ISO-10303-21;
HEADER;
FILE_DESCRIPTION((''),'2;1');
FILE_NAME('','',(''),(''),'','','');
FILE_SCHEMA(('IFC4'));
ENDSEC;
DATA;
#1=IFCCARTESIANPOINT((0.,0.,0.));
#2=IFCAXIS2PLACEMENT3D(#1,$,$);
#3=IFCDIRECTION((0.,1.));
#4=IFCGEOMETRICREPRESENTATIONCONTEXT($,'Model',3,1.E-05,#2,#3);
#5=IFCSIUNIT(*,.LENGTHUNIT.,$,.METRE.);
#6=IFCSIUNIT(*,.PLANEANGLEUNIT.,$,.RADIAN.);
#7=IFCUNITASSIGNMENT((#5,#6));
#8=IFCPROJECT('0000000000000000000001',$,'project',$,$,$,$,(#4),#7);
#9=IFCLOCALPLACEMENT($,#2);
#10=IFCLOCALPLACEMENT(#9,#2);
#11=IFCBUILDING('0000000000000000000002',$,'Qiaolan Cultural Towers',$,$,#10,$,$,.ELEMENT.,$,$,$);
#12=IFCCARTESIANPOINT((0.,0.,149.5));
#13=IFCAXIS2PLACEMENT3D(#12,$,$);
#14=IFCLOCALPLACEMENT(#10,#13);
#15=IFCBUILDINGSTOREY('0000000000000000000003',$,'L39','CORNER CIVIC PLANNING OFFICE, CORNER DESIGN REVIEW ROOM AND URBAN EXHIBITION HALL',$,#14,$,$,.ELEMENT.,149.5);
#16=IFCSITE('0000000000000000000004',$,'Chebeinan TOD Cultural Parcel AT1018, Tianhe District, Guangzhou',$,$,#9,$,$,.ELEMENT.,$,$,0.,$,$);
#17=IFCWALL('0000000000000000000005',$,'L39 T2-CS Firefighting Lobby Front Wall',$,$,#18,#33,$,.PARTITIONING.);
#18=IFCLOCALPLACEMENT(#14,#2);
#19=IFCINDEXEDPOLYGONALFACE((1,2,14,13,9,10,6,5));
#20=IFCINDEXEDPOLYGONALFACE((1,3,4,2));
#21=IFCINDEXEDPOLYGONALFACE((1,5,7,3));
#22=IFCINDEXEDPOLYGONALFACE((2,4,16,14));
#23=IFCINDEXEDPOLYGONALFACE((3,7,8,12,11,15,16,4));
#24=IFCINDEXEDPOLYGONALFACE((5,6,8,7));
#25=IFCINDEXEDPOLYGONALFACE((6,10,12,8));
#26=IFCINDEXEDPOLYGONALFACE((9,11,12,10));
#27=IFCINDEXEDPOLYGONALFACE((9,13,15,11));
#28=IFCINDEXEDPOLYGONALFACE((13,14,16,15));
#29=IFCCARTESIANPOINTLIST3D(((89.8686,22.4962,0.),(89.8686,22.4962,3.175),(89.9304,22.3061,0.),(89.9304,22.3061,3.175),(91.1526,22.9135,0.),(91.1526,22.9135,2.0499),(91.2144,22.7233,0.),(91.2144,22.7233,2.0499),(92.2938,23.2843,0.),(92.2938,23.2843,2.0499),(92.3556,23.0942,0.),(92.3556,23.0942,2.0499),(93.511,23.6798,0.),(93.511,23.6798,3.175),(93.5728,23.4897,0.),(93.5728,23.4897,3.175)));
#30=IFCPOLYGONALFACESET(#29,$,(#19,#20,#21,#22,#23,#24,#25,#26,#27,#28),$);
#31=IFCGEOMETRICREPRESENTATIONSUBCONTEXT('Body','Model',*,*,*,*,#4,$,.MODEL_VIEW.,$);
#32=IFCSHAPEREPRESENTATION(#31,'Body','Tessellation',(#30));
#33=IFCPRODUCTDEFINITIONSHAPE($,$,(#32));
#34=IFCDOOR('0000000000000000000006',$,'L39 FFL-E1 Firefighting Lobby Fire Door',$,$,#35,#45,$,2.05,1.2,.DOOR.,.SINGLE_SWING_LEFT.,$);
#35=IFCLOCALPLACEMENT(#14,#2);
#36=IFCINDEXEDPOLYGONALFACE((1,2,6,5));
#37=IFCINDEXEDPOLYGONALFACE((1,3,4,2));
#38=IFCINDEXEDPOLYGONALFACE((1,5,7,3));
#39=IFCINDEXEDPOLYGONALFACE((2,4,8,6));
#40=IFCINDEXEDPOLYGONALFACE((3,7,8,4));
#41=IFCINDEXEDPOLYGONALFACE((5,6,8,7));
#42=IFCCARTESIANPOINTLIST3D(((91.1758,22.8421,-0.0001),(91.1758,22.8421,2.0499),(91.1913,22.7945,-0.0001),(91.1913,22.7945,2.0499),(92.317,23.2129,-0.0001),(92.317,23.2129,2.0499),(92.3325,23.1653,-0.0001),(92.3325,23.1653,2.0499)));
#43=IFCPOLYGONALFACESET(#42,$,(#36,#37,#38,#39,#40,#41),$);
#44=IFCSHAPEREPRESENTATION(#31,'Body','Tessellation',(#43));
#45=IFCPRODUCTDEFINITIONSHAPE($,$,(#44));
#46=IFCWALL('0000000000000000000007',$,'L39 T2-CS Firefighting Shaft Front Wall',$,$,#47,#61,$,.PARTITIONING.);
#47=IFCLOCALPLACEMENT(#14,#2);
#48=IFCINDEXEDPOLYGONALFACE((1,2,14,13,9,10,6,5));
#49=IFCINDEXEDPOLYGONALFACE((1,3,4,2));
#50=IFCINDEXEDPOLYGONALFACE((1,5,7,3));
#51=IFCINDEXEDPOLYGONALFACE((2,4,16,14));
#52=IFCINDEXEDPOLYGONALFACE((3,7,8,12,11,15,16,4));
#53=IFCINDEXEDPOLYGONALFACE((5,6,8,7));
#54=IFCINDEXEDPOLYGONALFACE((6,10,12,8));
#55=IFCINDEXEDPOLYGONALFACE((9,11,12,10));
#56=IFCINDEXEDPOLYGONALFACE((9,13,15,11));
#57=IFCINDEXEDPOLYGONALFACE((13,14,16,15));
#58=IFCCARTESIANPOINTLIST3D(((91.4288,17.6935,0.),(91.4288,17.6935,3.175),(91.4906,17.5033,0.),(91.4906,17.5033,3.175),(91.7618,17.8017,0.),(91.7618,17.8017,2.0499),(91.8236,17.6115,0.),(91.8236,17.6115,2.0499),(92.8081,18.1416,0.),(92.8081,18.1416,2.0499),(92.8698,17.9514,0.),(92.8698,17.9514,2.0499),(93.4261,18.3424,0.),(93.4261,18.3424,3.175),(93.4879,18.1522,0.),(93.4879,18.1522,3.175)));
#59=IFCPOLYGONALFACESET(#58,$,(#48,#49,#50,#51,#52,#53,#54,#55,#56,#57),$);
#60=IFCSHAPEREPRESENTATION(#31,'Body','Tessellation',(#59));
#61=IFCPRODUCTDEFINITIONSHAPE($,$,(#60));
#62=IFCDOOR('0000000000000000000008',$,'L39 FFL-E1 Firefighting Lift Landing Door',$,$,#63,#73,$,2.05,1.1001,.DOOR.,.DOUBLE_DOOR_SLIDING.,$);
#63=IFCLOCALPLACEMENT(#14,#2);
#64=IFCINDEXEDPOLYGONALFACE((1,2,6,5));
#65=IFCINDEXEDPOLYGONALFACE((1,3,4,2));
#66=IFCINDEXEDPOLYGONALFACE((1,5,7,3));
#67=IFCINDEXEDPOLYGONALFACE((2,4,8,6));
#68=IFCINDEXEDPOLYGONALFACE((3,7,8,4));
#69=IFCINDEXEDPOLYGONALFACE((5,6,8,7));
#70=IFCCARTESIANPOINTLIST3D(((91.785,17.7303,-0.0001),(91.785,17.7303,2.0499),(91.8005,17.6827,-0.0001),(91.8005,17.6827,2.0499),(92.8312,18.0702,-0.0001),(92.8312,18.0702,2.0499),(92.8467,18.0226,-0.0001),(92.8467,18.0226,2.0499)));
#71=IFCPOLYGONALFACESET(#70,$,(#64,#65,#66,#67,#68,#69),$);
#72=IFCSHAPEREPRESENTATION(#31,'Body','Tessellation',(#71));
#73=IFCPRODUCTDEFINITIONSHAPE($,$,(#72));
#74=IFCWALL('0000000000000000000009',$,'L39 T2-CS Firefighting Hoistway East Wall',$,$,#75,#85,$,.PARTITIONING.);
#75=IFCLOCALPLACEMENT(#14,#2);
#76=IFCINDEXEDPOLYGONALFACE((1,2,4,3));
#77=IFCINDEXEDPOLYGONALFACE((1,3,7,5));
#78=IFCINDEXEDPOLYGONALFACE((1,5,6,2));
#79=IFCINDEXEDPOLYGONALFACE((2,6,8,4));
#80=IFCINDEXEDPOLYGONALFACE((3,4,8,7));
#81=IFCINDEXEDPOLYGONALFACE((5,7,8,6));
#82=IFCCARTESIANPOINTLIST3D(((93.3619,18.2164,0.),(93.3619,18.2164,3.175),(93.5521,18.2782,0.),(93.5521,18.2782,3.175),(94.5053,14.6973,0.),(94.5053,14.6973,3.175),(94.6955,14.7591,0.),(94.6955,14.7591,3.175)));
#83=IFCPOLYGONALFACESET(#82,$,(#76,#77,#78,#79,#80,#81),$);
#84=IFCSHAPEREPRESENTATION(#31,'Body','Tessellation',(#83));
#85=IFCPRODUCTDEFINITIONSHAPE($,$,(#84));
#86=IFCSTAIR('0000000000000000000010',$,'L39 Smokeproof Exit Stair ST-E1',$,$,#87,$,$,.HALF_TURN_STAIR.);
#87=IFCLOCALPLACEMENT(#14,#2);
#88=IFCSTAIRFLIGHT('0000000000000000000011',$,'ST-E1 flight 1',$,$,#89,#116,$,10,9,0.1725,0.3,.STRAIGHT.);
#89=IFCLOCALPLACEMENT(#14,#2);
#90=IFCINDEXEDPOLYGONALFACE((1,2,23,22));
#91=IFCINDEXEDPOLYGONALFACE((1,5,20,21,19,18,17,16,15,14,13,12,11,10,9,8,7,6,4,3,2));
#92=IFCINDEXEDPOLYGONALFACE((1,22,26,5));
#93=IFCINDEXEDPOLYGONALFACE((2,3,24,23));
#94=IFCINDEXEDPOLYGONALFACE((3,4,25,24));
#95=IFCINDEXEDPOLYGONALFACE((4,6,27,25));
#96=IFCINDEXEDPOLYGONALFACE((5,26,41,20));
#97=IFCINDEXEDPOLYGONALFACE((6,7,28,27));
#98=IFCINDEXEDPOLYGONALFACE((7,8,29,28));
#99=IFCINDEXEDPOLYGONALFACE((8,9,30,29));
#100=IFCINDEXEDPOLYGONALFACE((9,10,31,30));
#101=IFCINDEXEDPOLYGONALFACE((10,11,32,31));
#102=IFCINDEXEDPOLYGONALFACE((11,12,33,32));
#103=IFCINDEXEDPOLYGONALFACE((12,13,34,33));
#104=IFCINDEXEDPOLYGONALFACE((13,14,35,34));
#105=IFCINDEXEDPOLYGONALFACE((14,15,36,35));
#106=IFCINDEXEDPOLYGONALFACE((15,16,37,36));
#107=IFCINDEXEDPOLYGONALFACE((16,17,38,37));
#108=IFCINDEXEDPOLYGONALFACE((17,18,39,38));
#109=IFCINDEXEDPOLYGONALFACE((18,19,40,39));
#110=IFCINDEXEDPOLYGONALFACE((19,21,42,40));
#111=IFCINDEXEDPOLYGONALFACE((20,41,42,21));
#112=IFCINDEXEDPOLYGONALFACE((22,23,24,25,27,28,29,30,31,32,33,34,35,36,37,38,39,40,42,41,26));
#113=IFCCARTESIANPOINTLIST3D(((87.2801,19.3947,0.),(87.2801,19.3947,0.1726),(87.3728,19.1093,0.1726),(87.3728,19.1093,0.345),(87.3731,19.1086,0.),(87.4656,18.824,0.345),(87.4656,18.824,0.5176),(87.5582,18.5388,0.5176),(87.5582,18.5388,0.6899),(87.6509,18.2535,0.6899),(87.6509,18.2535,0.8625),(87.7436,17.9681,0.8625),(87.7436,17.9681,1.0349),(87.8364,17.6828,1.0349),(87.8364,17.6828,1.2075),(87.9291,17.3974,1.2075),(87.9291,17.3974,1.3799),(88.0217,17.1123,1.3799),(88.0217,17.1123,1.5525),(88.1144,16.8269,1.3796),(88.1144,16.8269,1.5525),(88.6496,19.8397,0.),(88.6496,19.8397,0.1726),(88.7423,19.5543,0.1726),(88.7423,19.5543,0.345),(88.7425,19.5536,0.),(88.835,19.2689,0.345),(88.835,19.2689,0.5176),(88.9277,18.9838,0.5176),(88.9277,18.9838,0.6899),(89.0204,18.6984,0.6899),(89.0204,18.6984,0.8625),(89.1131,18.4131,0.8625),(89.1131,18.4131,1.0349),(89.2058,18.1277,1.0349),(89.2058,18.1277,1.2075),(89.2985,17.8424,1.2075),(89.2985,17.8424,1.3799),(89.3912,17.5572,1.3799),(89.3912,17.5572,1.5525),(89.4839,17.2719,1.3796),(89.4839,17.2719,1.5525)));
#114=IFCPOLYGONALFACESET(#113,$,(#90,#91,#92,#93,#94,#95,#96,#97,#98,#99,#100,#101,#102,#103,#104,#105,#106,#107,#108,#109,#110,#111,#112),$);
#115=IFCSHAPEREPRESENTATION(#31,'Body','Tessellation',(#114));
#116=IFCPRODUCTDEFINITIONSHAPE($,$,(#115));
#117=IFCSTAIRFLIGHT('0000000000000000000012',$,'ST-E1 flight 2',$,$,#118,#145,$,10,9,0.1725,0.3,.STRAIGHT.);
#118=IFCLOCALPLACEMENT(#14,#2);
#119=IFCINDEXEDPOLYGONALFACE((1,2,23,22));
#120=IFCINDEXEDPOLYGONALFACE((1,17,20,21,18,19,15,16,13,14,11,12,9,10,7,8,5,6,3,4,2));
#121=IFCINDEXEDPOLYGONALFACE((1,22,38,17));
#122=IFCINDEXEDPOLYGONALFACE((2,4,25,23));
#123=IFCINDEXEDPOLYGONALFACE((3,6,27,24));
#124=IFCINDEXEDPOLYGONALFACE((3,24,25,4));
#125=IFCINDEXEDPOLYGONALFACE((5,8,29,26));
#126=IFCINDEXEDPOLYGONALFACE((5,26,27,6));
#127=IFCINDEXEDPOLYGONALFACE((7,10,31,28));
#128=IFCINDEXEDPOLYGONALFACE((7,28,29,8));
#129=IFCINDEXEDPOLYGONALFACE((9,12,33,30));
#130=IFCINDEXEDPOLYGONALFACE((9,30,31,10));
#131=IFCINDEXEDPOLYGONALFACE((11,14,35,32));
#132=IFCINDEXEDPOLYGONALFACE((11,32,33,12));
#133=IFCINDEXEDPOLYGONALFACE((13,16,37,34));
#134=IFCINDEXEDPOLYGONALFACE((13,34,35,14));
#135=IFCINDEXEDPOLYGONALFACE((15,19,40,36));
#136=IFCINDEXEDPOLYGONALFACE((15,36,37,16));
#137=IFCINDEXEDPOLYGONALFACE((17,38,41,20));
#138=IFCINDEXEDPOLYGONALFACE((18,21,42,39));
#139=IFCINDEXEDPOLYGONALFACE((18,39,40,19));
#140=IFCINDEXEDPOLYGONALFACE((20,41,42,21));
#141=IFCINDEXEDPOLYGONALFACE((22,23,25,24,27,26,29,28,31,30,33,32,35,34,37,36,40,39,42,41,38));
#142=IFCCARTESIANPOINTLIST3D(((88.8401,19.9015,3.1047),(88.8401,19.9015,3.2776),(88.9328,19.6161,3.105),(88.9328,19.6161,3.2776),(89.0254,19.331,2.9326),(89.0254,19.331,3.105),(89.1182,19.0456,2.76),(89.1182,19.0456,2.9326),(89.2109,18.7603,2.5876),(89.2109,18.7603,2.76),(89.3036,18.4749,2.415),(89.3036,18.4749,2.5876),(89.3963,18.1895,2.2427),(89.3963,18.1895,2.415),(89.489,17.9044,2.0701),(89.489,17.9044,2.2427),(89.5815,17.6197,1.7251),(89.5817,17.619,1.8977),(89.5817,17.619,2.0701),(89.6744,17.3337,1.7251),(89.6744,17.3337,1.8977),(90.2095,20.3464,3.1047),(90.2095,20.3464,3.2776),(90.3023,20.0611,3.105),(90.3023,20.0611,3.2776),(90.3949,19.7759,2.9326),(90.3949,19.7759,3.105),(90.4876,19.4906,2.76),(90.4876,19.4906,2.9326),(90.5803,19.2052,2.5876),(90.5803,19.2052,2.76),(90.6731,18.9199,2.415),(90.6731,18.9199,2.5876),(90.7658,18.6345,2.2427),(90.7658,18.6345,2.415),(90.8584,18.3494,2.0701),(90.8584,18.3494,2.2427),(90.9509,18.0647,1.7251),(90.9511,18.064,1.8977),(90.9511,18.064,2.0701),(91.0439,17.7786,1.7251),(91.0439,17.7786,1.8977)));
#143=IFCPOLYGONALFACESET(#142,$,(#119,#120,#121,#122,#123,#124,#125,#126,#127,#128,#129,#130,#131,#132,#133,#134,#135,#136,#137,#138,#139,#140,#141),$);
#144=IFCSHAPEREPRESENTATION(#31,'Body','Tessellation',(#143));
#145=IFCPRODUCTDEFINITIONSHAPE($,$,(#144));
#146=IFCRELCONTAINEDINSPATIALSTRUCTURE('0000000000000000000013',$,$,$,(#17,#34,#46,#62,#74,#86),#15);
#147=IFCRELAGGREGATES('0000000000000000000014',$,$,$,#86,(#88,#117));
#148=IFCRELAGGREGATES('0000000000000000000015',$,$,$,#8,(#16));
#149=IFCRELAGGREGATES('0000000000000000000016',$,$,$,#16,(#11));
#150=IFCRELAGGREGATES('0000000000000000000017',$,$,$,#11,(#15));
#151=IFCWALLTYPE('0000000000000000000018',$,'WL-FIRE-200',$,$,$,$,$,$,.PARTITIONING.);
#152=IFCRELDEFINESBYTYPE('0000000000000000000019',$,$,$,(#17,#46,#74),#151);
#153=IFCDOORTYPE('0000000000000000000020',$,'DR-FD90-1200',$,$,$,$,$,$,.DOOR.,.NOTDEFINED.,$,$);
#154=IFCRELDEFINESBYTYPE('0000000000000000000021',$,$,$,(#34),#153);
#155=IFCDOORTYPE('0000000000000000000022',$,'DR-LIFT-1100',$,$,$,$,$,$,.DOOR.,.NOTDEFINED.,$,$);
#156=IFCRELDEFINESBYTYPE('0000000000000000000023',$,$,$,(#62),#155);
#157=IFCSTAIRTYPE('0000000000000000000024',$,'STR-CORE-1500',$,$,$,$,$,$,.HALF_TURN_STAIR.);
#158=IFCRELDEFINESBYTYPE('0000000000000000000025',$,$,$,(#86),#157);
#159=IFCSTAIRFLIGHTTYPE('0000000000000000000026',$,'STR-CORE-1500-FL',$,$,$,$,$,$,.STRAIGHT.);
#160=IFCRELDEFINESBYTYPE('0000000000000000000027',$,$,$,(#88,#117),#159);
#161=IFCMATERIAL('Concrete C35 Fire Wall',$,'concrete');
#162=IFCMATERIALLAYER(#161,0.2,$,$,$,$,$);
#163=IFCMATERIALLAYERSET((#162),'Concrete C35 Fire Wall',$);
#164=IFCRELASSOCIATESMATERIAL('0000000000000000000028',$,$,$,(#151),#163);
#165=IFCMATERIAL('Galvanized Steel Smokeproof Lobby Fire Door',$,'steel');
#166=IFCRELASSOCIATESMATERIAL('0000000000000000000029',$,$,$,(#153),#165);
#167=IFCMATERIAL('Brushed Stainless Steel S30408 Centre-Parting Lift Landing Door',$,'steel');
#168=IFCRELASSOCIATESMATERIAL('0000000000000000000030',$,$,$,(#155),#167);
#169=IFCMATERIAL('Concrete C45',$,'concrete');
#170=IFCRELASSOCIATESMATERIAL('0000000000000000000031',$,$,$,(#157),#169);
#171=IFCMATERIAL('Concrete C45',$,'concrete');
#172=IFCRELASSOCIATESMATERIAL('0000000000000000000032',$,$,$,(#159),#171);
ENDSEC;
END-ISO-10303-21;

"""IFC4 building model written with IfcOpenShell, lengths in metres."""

from ifc_helpers import new_model, si_unit, direction, frame, frame_2d, origin, place, context, subcontext, project, spatial, polyline, rectangle, outline, extrude, material, layer, layer_set, type_object, element, fill, aggregate, save


model = new_model("IFC4")

# Units and contexts
model_context = context("Model", 3, precision=1e-05, world=origin(), true_north=direction((0.0, 1.0)))
body_context = subcontext(model_context, "Body", "Model", "MODEL_VIEW")
ifc_project = project(units=[si_unit("LENGTHUNIT", "METRE"), si_unit("PLANEANGLEUNIT", "RADIAN")], contexts=[model_context])

# Site, building, storey
site_placement = place(None, origin())
site = spatial("IfcSite", under=ifc_project, at=site_placement, Name="Chebeinan TOD Cultural Parcel AT1018, Tianhe District, Guangzhou", CompositionType="ELEMENT", RefElevation=0.0)
building_placement = place(site_placement, origin())
building = spatial("IfcBuilding", under=site, at=building_placement, Name="Qiaolan Cultural Towers", CompositionType="ELEMENT")
storey_placement = place(building_placement, frame((0.0, 0.0, 149.5)))
storey = spatial("IfcBuildingStorey", under=building, at=storey_placement, Name="L39", Description="CORNER CIVIC PLANNING OFFICE, CORNER DESIGN REVIEW ROOM AND URBAN EXHIBITION HALL", CompositionType="ELEMENT", Elevation=149.5)

# Walls, openings, doors
ifc_material_1 = material(Name="Concrete C35 Fire Wall", Category="concrete")
ifc_layer_1 = layer(ifc_material_1, 0.2)
ifc_layer_set_1 = layer_set([ifc_layer_1], Name="Concrete C35 Fire Wall")
wall_type_1 = type_object("IfcWallType", Name="WL-FIRE-200", PredefinedType="PARTITIONING", material=ifc_layer_set_1)
wall_1_placement = place(storey_placement, frame((89.8994, 22.4011, 0.0), z_axis=(0.0, 0.0, 1.0), x_axis=(0.951047, 0.309047, 0.0)))
wall_1 = element("IfcWall", 1, at=wall_1_placement, inside=storey, type_object=wall_type_1, Name="L39 T2-CS Firefighting Lobby Front Wall", PredefinedType="PARTITIONING", context=body_context, shape_type="SweptSolid", body=[
    extrude(rectangle(XDim=3.8298, YDim=0.2, at=frame_2d((1.915, 0.0))), origin(), (0.0, 0.0, 1.0), 3.175),
])
opening_1_placement = place(wall_1_placement, frame((1.3501, 0.0, 0.0)))
opening_1 = element("IfcOpeningElement", 2, at=opening_1_placement, cuts=wall_1, PredefinedType="OPENING", context=body_context, shape_type="SweptSolid", body=[
    extrude(rectangle(XDim=1.2, YDim=2.05, at=frame_2d((0.6001, 1.0249))), frame((0.0, 0.1099, 0.0), z_axis=(0.0, -1.0, 0.0), x_axis=(1.0, 0.0, 0.0)), (0.0, 0.0, 1.0), 0.22),
])
ifc_material_2 = material(Name="Galvanized Steel Smokeproof Lobby Fire Door", Category="steel")
door_type_1 = type_object("IfcDoorType", Name="DR-FD90-1200", OperationType="NOTDEFINED", PredefinedType="DOOR", material=ifc_material_2)
door_1_placement = place(opening_1_placement, origin())
door_1 = element("IfcDoor", 3, at=door_1_placement, inside=storey, type_object=door_type_1, Name="L39 FFL-E1 Firefighting Lobby Fire Door", OperationType="SINGLE_SWING_LEFT", OverallHeight=2.05, OverallWidth=1.2, PredefinedType="DOOR", context=body_context, shape_type="SweptSolid", body=[
    extrude(rectangle(XDim=1.2, YDim=2.05, at=frame_2d((0.6001, 1.0249))), frame((0.0, 0.0249, 0.0), z_axis=(0.0, -1.0, 0.0), x_axis=(1.0, 0.0, 0.0)), (0.0, 0.0, 1.0), 0.05),
])
fill(opening_1, door_1)
wall_2_placement = place(storey_placement, frame((91.4597, 17.5984, 0.0), z_axis=(0.0, 0.0, 1.0), x_axis=(0.951062, 0.308999, 0.0)))
wall_2 = element("IfcWall", 4, at=wall_2_placement, inside=storey, type_object=wall_type_1, Name="L39 T2-CS Firefighting Shaft Front Wall", PredefinedType="PARTITIONING", context=body_context, shape_type="SweptSolid", body=[
    extrude(rectangle(XDim=2.1001, YDim=0.2, at=frame_2d((1.05, 0.0))), origin(), (0.0, 0.0, 1.0), 3.175),
])
opening_2_placement = place(wall_2_placement, frame((0.3501, 0.0, 0.0)))
opening_2 = element("IfcOpeningElement", 5, at=opening_2_placement, cuts=wall_2, PredefinedType="OPENING", context=body_context, shape_type="SweptSolid", body=[
    extrude(rectangle(XDim=1.1001, YDim=2.05, at=frame_2d((0.55, 1.0249))), frame((0.0, 0.1099, 0.0), z_axis=(0.0, -1.0, 0.0), x_axis=(1.0, 0.0, 0.0)), (0.0, 0.0, 1.0), 0.22),
])
ifc_material_3 = material(Name="Brushed Stainless Steel S30408 Centre-Parting Lift Landing Door", Category="steel")
door_type_2 = type_object("IfcDoorType", Name="DR-LIFT-1100", OperationType="NOTDEFINED", PredefinedType="DOOR", material=ifc_material_3)
door_2_placement = place(opening_2_placement, origin())
door_2 = element("IfcDoor", 6, at=door_2_placement, inside=storey, type_object=door_type_2, Name="L39 FFL-E1 Firefighting Lift Landing Door", OperationType="DOUBLE_DOOR_SLIDING", OverallHeight=2.05, OverallWidth=1.1001, PredefinedType="DOOR", context=body_context, shape_type="SweptSolid", body=[
    extrude(rectangle(XDim=1.1001, YDim=2.05, at=frame_2d((0.55, 1.0249))), frame((0.0, 0.0249, 0.0), z_axis=(0.0, -1.0, 0.0), x_axis=(1.0, 0.0, 0.0)), (0.0, 0.0, 1.0), 0.05),
])
fill(opening_2, door_2)

# Wall
wall_3_placement = place(storey_placement, frame((93.457, 18.2473, 0.0), z_axis=(0.0, 0.0, 1.0), x_axis=(0.308994, -0.951064, 0.0)))
element("IfcWall", 7, at=wall_3_placement, inside=storey, type_object=wall_type_1, Name="L39 T2-CS Firefighting Hoistway East Wall", PredefinedType="PARTITIONING", context=body_context, shape_type="SweptSolid", body=[
    extrude(rectangle(XDim=3.7002, YDim=0.2, at=frame_2d((1.8501, 0.0))), origin(), (0.0, 0.0, 1.0), 3.175),
])

# Stair, stair flights
ifc_material_4 = material(Name="Concrete C45", Category="concrete")
stair_type = type_object("IfcStairType", Name="STR-CORE-1500", PredefinedType="HALF_TURN_STAIR", material=ifc_material_4)
stair_placement = place(storey_placement, origin())
stair = element("IfcStair", 8, at=stair_placement, inside=storey, type_object=stair_type, Name="L39 Smokeproof Exit Stair ST-E1", PredefinedType="HALF_TURN_STAIR")
ifc_material_5 = material(Name="Concrete C45", Category="concrete")
stair_flight_type = type_object("IfcStairFlightType", Name="STR-CORE-1500-FL", PredefinedType="STRAIGHT", material=ifc_material_5)
stair_flight_1_placement = place(storey_placement, frame((87.9648, 19.6172, 0.0), z_axis=(0.0, 0.0, 1.0), x_axis=(0.309017, -0.951057, 0.0)))
stair_flight_1 = element("IfcStairFlight", 9, at=stair_flight_1_placement, type_object=stair_flight_type, Name="ST-E1 flight 1", NumberOfRisers=10, NumberOfTreads=9, PredefinedType="STRAIGHT", RiserHeight=0.1725, TreadLength=0.3, context=body_context, shape_type="SweptSolid", body=[
    extrude(outline(polyline([(0.0, 0.0), (0.0, 0.1726), (0.3, 0.1726), (0.3, 0.345), (0.6001, 0.345), (0.6001, 0.5176), (0.8999, 0.5176), (0.8999, 0.6899), (1.2, 0.6899), (1.2, 0.8625), (1.5, 0.8625), (1.5, 1.0349), (1.8, 1.0349), (1.8, 1.2075), (2.1001, 1.2075), (2.1001, 1.3799), (2.3999, 1.3799), (2.3999, 1.5525), (2.7, 1.5525), (2.7, 1.7251), (2.7, 1.3796), (0.3008, 0.0), (0.0, 0.0)])), frame((0.0, 0.72, 0.0), z_axis=(0.0, -1.0, 0.0), x_axis=(1.0, 0.0, 0.0)), (0.0, 0.0, 1.0), 1.4399),
])
stair_flight_2_placement = place(storey_placement, frame((90.3591, 17.5562, 1.7251), z_axis=(0.0, 0.0, 1.0), x_axis=(-0.309017, 0.951057, 0.0)))
stair_flight_2 = element("IfcStairFlight", 10, at=stair_flight_2_placement, type_object=stair_flight_type, Name="ST-E1 flight 2", NumberOfRisers=10, NumberOfTreads=9, PredefinedType="STRAIGHT", RiserHeight=0.1725, TreadLength=0.3, context=body_context, shape_type="SweptSolid", body=[
    extrude(outline(polyline([(0.0, 0.0), (0.0, 0.1726), (0.3, 0.1726), (0.3, 0.345), (0.6001, 0.345), (0.6001, 0.5176), (0.8999, 0.5176), (0.8999, 0.6899), (1.2, 0.6899), (1.2, 0.8625), (1.5, 0.8625), (1.5, 1.0349), (1.8, 1.0349), (1.8, 1.2075), (2.1001, 1.2075), (2.1001, 1.3799), (2.3999, 1.3799), (2.3999, 1.5525), (2.7, 1.5525), (2.7, 1.7251), (2.7, 1.3796), (0.3008, 0.0), (0.0, 0.0)])), frame((0.0, 0.72, 0.0), z_axis=(0.0, -1.0, 0.0), x_axis=(1.0, 0.0, 0.0)), (0.0, 0.0, 1.0), 1.4399),
])
aggregate(stair, [stair_flight_1, stair_flight_2])

save(model, "model.ifc")
